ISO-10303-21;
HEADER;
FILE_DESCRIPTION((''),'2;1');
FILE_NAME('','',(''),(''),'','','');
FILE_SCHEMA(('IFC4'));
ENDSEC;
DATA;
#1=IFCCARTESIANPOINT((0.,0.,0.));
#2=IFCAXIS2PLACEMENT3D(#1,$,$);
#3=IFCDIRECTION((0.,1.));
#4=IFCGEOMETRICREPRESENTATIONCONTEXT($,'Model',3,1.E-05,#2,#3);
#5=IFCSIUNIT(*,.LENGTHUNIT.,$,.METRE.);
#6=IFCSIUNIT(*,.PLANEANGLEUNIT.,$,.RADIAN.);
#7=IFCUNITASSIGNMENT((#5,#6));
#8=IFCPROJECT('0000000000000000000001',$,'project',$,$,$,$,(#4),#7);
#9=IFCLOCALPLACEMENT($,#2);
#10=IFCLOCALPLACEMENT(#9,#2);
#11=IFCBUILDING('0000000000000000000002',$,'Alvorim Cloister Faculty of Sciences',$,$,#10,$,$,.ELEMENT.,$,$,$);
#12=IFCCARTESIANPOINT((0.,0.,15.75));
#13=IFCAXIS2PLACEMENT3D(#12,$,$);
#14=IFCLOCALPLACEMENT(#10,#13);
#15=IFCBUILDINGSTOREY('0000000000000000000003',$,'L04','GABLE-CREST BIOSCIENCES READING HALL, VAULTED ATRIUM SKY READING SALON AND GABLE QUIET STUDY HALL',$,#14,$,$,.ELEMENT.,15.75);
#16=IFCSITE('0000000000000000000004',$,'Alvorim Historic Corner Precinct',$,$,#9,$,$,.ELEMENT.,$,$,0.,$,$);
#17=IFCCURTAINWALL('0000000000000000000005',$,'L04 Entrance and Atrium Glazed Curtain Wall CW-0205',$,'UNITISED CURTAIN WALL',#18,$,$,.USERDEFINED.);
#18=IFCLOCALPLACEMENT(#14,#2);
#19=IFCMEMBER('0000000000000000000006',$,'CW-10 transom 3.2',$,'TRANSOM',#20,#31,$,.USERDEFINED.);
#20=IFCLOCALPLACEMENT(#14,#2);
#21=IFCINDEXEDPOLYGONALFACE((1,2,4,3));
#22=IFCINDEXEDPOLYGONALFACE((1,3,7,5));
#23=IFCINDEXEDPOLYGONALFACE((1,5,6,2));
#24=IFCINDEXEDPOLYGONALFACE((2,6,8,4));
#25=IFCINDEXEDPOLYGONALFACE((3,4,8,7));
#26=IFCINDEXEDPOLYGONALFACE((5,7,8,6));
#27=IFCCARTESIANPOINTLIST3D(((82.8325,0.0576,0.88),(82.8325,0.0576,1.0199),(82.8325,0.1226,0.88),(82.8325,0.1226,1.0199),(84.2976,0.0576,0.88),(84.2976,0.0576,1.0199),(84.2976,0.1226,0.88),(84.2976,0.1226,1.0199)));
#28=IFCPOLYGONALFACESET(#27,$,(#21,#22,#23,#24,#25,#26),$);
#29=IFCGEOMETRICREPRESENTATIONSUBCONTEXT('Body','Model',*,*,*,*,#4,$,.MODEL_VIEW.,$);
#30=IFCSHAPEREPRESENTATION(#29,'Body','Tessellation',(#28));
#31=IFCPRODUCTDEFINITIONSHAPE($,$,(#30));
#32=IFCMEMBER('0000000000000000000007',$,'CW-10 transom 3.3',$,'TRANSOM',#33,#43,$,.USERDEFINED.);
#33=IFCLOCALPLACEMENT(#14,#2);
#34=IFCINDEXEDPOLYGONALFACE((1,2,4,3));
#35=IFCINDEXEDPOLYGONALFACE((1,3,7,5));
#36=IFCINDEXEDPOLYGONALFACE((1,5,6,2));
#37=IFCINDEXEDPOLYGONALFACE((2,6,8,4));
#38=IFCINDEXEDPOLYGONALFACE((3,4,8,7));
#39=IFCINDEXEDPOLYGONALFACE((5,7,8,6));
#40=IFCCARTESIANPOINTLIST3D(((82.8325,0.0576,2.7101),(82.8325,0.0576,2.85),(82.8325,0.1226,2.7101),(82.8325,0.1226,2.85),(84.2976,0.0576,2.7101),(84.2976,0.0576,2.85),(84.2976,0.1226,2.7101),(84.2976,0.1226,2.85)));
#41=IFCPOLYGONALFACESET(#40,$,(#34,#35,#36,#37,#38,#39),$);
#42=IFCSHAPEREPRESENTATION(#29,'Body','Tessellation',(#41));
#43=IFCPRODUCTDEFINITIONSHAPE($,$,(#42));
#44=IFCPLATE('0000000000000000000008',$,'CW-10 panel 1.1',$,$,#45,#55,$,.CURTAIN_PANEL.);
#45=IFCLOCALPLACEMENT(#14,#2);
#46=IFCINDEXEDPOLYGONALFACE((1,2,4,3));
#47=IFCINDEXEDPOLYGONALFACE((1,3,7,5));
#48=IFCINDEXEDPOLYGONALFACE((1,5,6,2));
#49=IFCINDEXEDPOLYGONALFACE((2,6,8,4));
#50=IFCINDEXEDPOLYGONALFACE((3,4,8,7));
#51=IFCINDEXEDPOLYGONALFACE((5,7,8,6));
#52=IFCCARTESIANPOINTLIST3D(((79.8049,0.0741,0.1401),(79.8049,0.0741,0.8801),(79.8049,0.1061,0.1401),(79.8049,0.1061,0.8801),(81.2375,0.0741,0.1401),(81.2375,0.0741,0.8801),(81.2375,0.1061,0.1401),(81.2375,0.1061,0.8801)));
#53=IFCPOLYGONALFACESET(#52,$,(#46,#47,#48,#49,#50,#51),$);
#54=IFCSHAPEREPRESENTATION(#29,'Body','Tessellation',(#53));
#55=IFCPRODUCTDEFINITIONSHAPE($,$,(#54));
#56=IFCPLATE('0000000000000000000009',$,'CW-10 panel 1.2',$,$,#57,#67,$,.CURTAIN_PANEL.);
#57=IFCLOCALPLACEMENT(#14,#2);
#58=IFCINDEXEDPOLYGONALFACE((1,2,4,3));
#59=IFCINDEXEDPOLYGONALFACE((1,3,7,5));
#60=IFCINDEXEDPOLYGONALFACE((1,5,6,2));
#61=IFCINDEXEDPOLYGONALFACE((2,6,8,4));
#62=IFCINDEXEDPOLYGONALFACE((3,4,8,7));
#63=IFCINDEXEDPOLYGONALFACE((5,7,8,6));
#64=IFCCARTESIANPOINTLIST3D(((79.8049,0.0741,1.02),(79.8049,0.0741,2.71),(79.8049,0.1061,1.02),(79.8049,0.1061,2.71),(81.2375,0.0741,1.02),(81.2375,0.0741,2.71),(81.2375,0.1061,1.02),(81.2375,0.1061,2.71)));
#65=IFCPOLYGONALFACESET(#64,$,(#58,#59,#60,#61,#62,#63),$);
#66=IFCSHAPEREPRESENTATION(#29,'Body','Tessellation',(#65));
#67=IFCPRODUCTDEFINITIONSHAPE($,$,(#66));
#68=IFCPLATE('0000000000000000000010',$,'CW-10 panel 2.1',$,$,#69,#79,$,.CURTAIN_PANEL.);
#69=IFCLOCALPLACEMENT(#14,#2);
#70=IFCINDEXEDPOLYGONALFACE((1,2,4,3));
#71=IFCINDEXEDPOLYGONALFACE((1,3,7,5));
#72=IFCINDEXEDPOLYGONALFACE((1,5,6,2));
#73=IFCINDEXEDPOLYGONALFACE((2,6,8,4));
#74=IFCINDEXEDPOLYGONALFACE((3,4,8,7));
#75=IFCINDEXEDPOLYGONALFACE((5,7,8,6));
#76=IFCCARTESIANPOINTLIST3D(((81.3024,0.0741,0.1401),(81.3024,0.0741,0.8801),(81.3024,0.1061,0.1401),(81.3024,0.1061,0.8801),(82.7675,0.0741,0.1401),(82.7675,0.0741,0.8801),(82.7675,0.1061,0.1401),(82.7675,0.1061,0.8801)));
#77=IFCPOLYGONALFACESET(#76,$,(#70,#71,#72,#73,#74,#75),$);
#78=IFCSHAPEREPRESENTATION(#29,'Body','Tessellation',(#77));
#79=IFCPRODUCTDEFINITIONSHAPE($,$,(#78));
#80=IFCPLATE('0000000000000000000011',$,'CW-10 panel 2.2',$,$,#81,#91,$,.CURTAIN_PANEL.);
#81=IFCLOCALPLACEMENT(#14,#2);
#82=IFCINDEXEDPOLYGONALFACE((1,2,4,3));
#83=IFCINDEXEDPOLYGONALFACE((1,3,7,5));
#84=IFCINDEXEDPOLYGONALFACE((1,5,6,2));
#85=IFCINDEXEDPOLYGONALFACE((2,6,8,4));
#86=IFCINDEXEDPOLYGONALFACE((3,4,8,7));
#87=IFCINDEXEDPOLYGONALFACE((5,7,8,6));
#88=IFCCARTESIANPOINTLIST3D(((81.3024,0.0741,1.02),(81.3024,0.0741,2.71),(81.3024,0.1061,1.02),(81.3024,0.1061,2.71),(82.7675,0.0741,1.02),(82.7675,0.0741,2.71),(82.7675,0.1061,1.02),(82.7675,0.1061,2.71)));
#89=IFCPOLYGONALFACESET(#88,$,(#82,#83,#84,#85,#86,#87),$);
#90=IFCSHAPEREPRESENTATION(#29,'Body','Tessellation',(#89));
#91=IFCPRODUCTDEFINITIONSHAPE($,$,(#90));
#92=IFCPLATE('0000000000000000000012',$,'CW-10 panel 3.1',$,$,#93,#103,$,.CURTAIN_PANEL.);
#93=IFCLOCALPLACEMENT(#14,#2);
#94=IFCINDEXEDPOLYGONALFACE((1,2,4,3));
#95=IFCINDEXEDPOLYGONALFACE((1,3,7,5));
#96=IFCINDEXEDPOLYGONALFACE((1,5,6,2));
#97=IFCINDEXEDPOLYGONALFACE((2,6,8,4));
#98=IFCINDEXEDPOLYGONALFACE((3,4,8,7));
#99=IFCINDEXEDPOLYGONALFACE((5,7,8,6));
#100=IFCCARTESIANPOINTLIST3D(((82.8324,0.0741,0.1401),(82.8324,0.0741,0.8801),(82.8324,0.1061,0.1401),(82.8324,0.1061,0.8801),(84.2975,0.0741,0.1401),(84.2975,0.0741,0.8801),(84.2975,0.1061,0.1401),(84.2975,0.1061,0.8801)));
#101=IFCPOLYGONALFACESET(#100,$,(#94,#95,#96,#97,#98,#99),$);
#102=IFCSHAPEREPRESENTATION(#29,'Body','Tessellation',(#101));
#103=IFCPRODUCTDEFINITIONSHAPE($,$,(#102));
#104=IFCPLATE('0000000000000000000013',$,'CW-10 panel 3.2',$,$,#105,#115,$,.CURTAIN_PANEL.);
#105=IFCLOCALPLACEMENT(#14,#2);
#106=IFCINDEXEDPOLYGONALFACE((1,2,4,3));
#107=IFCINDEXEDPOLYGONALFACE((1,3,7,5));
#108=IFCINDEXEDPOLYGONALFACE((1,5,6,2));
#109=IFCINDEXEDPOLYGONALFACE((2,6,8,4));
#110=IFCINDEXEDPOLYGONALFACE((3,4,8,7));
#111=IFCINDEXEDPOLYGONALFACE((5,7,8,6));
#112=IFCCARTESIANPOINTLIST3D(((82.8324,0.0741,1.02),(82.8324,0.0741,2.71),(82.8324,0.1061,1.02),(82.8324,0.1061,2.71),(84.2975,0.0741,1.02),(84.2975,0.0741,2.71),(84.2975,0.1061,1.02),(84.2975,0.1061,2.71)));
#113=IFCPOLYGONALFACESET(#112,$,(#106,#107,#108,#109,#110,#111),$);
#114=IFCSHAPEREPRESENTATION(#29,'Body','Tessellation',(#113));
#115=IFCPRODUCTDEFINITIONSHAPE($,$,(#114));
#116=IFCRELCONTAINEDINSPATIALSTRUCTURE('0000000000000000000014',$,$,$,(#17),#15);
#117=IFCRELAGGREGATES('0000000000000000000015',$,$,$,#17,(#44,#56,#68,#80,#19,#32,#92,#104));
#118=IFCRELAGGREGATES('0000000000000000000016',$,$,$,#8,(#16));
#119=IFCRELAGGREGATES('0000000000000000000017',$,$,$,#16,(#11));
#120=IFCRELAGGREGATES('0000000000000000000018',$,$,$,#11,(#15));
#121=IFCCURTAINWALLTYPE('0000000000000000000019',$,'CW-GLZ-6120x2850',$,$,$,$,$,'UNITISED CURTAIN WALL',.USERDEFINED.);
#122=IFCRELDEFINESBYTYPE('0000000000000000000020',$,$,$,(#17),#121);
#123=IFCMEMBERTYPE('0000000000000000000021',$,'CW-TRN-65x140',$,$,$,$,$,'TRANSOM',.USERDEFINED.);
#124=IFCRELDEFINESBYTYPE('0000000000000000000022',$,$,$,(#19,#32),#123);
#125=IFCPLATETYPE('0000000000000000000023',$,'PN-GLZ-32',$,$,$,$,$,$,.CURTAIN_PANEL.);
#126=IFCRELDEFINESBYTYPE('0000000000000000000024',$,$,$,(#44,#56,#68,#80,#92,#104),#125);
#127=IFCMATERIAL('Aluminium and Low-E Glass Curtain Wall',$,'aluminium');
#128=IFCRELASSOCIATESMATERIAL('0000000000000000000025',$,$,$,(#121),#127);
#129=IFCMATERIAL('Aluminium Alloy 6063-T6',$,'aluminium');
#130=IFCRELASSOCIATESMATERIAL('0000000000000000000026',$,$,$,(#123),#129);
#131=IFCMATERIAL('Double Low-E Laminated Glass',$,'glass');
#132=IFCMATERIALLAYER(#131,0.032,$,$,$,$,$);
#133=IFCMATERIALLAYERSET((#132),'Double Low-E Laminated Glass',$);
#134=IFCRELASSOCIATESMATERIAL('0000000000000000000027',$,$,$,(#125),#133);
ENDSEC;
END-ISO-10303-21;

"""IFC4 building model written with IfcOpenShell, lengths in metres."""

from ifc_helpers import new_model, si_unit, direction, frame, origin, origin_2d, place, context, subcontext, project, spatial, rectangle, extrude, material, layer, layer_set, material_profile, profile_set, type_object, element, aggregate, save


model = new_model("IFC4")

# Units and contexts
model_context = context("Model", 3, precision=1e-05, world=origin(), true_north=direction((0.0, 1.0)))
body_context = subcontext(model_context, "Body", "Model", "MODEL_VIEW")
ifc_project = project(units=[si_unit("LENGTHUNIT", "METRE"), si_unit("PLANEANGLEUNIT", "RADIAN")], contexts=[model_context])

# Site, building, storey
site_placement = place(None, origin())
site = spatial("IfcSite", under=ifc_project, at=site_placement, Name="Alvorim Historic Corner Precinct", CompositionType="ELEMENT", RefElevation=0.0)
building_placement = place(site_placement, origin())
building = spatial("IfcBuilding", under=site, at=building_placement, Name="Alvorim Cloister Faculty of Sciences", CompositionType="ELEMENT")
storey_placement = place(building_placement, frame((0.0, 0.0, 15.75)))
storey = spatial("IfcBuildingStorey", under=building, at=storey_placement, Name="L04", Description="GABLE-CREST BIOSCIENCES READING HALL, VAULTED ATRIUM SKY READING SALON AND GABLE QUIET STUDY HALL", CompositionType="ELEMENT", Elevation=15.75)

# Curtain wall, members, plates
ifc_material_1 = material(Name="Aluminium and Low-E Glass Curtain Wall", Category="aluminium")
curtain_wall_type = type_object("IfcCurtainWallType", Name="CW-GLZ-6120x2850", ElementType="UNITISED CURTAIN WALL", PredefinedType="USERDEFINED", material=ifc_material_1)
curtain_wall_placement = place(storey_placement, origin())
curtain_wall = element("IfcCurtainWall", 1, at=curtain_wall_placement, inside=storey, type_object=curtain_wall_type, Name="L04 Entrance and Atrium Glazed Curtain Wall CW-0205", ObjectType="UNITISED CURTAIN WALL", PredefinedType="USERDEFINED")
ifc_material_2 = material(Name="Aluminium Alloy 6063-T6", Category="aluminium")
ifc_material_profile_1 = material_profile(ifc_material_2, rectangle(XDim=0.0649, YDim=0.1399, at=origin_2d()), Name="ALU-TRN-65x140")
ifc_profile_set_1 = profile_set([ifc_material_profile_1], Name="Aluminium Alloy 6063-T6")
member_type_1 = type_object("IfcMemberType", Name="CW-TRN-65x140", ElementType="TRANSOM", PredefinedType="USERDEFINED", material=ifc_profile_set_1)
member_1_placement = place(storey_placement, frame((82.8325, 0.0901, 0.95), z_axis=(1.0, 0.0, 0.0), x_axis=(0.0, 1.0, 0.0)))
member_1 = element("IfcMember", 2, at=member_1_placement, type_object=member_type_1, Name="CW-10 transom 3.2", ObjectType="TRANSOM", PredefinedType="USERDEFINED", context=body_context, shape_type="SweptSolid", body=[
    extrude(rectangle(XDim=0.0649, YDim=0.1399, at=origin_2d()), origin(), (0.0, 0.0, 1.0), 1.4651),
])
member_2_placement = place(storey_placement, frame((82.8325, 0.0901, 2.78), z_axis=(1.0, 0.0, 0.0), x_axis=(0.0, 1.0, 0.0)))
member_2 = element("IfcMember", 3, at=member_2_placement, type_object=member_type_1, Name="CW-10 transom 3.3", ObjectType="TRANSOM", PredefinedType="USERDEFINED", context=body_context, shape_type="SweptSolid", body=[
    extrude(rectangle(XDim=0.0649, YDim=0.1399, at=origin_2d()), origin(), (0.0, 0.0, 1.0), 1.4651),
])
ifc_material_3 = material(Name="Double Low-E Laminated Glass", Category="glass")
ifc_layer = layer(ifc_material_3, 0.032)
ifc_layer_set = layer_set([ifc_layer], Name="Double Low-E Laminated Glass")
plate_type = type_object("IfcPlateType", Name="PN-GLZ-32", PredefinedType="CURTAIN_PANEL", material=ifc_layer_set)
plate_1_placement = place(storey_placement, frame((80.5212, 0.0901, 0.1401), z_axis=(0.0, 0.0, 1.0), x_axis=(1.0, 0.0, 0.0)))
plate_1 = element("IfcPlate", 4, at=plate_1_placement, type_object=plate_type, Name="CW-10 panel 1.1", PredefinedType="CURTAIN_PANEL", context=body_context, shape_type="SweptSolid", body=[
    extrude(rectangle(XDim=1.4326, YDim=0.032, at=origin_2d()), origin(), (0.0, 0.0, 1.0), 0.74),
])
plate_2_placement = place(storey_placement, frame((80.5212, 0.0901, 1.02), z_axis=(0.0, 0.0, 1.0), x_axis=(1.0, 0.0, 0.0)))
plate_2 = element("IfcPlate", 5, at=plate_2_placement, type_object=plate_type, Name="CW-10 panel 1.2", PredefinedType="CURTAIN_PANEL", context=body_context, shape_type="SweptSolid", body=[
    extrude(rectangle(XDim=1.4326, YDim=0.032, at=origin_2d()), origin(), (0.0, 0.0, 1.0), 1.6899),
])
plate_3_placement = place(storey_placement, frame((82.0349, 0.0901, 0.1401), z_axis=(0.0, 0.0, 1.0), x_axis=(1.0, 0.0, 0.0)))
plate_3 = element("IfcPlate", 6, at=plate_3_placement, type_object=plate_type, Name="CW-10 panel 2.1", PredefinedType="CURTAIN_PANEL", context=body_context, shape_type="SweptSolid", body=[
    extrude(rectangle(XDim=1.4651, YDim=0.032, at=origin_2d()), origin(), (0.0, 0.0, 1.0), 0.74),
])
plate_4_placement = place(storey_placement, frame((82.0349, 0.0901, 1.02), z_axis=(0.0, 0.0, 1.0), x_axis=(1.0, 0.0, 0.0)))
plate_4 = element("IfcPlate", 7, at=plate_4_placement, type_object=plate_type, Name="CW-10 panel 2.2", PredefinedType="CURTAIN_PANEL", context=body_context, shape_type="SweptSolid", body=[
    extrude(rectangle(XDim=1.4651, YDim=0.032, at=origin_2d()), origin(), (0.0, 0.0, 1.0), 1.6899),
])
plate_5_placement = place(storey_placement, frame((83.5649, 0.0901, 0.1401), z_axis=(0.0, 0.0, 1.0), x_axis=(1.0, 0.0, 0.0)))
plate_5 = element("IfcPlate", 8, at=plate_5_placement, type_object=plate_type, Name="CW-10 panel 3.1", PredefinedType="CURTAIN_PANEL", context=body_context, shape_type="SweptSolid", body=[
    extrude(rectangle(XDim=1.4651, YDim=0.032, at=origin_2d()), origin(), (0.0, 0.0, 1.0), 0.74),
])
plate_6_placement = place(storey_placement, frame((83.5649, 0.0901, 1.02), z_axis=(0.0, 0.0, 1.0), x_axis=(1.0, 0.0, 0.0)))
plate_6 = element("IfcPlate", 9, at=plate_6_placement, type_object=plate_type, Name="CW-10 panel 3.2", PredefinedType="CURTAIN_PANEL", context=body_context, shape_type="SweptSolid", body=[
    extrude(rectangle(XDim=1.4651, YDim=0.032, at=origin_2d()), origin(), (0.0, 0.0, 1.0), 1.6899),
])
aggregate(curtain_wall, [plate_1, plate_2, plate_3, plate_4, member_1, member_2, plate_5, plate_6])

save(model, "model.ifc")
